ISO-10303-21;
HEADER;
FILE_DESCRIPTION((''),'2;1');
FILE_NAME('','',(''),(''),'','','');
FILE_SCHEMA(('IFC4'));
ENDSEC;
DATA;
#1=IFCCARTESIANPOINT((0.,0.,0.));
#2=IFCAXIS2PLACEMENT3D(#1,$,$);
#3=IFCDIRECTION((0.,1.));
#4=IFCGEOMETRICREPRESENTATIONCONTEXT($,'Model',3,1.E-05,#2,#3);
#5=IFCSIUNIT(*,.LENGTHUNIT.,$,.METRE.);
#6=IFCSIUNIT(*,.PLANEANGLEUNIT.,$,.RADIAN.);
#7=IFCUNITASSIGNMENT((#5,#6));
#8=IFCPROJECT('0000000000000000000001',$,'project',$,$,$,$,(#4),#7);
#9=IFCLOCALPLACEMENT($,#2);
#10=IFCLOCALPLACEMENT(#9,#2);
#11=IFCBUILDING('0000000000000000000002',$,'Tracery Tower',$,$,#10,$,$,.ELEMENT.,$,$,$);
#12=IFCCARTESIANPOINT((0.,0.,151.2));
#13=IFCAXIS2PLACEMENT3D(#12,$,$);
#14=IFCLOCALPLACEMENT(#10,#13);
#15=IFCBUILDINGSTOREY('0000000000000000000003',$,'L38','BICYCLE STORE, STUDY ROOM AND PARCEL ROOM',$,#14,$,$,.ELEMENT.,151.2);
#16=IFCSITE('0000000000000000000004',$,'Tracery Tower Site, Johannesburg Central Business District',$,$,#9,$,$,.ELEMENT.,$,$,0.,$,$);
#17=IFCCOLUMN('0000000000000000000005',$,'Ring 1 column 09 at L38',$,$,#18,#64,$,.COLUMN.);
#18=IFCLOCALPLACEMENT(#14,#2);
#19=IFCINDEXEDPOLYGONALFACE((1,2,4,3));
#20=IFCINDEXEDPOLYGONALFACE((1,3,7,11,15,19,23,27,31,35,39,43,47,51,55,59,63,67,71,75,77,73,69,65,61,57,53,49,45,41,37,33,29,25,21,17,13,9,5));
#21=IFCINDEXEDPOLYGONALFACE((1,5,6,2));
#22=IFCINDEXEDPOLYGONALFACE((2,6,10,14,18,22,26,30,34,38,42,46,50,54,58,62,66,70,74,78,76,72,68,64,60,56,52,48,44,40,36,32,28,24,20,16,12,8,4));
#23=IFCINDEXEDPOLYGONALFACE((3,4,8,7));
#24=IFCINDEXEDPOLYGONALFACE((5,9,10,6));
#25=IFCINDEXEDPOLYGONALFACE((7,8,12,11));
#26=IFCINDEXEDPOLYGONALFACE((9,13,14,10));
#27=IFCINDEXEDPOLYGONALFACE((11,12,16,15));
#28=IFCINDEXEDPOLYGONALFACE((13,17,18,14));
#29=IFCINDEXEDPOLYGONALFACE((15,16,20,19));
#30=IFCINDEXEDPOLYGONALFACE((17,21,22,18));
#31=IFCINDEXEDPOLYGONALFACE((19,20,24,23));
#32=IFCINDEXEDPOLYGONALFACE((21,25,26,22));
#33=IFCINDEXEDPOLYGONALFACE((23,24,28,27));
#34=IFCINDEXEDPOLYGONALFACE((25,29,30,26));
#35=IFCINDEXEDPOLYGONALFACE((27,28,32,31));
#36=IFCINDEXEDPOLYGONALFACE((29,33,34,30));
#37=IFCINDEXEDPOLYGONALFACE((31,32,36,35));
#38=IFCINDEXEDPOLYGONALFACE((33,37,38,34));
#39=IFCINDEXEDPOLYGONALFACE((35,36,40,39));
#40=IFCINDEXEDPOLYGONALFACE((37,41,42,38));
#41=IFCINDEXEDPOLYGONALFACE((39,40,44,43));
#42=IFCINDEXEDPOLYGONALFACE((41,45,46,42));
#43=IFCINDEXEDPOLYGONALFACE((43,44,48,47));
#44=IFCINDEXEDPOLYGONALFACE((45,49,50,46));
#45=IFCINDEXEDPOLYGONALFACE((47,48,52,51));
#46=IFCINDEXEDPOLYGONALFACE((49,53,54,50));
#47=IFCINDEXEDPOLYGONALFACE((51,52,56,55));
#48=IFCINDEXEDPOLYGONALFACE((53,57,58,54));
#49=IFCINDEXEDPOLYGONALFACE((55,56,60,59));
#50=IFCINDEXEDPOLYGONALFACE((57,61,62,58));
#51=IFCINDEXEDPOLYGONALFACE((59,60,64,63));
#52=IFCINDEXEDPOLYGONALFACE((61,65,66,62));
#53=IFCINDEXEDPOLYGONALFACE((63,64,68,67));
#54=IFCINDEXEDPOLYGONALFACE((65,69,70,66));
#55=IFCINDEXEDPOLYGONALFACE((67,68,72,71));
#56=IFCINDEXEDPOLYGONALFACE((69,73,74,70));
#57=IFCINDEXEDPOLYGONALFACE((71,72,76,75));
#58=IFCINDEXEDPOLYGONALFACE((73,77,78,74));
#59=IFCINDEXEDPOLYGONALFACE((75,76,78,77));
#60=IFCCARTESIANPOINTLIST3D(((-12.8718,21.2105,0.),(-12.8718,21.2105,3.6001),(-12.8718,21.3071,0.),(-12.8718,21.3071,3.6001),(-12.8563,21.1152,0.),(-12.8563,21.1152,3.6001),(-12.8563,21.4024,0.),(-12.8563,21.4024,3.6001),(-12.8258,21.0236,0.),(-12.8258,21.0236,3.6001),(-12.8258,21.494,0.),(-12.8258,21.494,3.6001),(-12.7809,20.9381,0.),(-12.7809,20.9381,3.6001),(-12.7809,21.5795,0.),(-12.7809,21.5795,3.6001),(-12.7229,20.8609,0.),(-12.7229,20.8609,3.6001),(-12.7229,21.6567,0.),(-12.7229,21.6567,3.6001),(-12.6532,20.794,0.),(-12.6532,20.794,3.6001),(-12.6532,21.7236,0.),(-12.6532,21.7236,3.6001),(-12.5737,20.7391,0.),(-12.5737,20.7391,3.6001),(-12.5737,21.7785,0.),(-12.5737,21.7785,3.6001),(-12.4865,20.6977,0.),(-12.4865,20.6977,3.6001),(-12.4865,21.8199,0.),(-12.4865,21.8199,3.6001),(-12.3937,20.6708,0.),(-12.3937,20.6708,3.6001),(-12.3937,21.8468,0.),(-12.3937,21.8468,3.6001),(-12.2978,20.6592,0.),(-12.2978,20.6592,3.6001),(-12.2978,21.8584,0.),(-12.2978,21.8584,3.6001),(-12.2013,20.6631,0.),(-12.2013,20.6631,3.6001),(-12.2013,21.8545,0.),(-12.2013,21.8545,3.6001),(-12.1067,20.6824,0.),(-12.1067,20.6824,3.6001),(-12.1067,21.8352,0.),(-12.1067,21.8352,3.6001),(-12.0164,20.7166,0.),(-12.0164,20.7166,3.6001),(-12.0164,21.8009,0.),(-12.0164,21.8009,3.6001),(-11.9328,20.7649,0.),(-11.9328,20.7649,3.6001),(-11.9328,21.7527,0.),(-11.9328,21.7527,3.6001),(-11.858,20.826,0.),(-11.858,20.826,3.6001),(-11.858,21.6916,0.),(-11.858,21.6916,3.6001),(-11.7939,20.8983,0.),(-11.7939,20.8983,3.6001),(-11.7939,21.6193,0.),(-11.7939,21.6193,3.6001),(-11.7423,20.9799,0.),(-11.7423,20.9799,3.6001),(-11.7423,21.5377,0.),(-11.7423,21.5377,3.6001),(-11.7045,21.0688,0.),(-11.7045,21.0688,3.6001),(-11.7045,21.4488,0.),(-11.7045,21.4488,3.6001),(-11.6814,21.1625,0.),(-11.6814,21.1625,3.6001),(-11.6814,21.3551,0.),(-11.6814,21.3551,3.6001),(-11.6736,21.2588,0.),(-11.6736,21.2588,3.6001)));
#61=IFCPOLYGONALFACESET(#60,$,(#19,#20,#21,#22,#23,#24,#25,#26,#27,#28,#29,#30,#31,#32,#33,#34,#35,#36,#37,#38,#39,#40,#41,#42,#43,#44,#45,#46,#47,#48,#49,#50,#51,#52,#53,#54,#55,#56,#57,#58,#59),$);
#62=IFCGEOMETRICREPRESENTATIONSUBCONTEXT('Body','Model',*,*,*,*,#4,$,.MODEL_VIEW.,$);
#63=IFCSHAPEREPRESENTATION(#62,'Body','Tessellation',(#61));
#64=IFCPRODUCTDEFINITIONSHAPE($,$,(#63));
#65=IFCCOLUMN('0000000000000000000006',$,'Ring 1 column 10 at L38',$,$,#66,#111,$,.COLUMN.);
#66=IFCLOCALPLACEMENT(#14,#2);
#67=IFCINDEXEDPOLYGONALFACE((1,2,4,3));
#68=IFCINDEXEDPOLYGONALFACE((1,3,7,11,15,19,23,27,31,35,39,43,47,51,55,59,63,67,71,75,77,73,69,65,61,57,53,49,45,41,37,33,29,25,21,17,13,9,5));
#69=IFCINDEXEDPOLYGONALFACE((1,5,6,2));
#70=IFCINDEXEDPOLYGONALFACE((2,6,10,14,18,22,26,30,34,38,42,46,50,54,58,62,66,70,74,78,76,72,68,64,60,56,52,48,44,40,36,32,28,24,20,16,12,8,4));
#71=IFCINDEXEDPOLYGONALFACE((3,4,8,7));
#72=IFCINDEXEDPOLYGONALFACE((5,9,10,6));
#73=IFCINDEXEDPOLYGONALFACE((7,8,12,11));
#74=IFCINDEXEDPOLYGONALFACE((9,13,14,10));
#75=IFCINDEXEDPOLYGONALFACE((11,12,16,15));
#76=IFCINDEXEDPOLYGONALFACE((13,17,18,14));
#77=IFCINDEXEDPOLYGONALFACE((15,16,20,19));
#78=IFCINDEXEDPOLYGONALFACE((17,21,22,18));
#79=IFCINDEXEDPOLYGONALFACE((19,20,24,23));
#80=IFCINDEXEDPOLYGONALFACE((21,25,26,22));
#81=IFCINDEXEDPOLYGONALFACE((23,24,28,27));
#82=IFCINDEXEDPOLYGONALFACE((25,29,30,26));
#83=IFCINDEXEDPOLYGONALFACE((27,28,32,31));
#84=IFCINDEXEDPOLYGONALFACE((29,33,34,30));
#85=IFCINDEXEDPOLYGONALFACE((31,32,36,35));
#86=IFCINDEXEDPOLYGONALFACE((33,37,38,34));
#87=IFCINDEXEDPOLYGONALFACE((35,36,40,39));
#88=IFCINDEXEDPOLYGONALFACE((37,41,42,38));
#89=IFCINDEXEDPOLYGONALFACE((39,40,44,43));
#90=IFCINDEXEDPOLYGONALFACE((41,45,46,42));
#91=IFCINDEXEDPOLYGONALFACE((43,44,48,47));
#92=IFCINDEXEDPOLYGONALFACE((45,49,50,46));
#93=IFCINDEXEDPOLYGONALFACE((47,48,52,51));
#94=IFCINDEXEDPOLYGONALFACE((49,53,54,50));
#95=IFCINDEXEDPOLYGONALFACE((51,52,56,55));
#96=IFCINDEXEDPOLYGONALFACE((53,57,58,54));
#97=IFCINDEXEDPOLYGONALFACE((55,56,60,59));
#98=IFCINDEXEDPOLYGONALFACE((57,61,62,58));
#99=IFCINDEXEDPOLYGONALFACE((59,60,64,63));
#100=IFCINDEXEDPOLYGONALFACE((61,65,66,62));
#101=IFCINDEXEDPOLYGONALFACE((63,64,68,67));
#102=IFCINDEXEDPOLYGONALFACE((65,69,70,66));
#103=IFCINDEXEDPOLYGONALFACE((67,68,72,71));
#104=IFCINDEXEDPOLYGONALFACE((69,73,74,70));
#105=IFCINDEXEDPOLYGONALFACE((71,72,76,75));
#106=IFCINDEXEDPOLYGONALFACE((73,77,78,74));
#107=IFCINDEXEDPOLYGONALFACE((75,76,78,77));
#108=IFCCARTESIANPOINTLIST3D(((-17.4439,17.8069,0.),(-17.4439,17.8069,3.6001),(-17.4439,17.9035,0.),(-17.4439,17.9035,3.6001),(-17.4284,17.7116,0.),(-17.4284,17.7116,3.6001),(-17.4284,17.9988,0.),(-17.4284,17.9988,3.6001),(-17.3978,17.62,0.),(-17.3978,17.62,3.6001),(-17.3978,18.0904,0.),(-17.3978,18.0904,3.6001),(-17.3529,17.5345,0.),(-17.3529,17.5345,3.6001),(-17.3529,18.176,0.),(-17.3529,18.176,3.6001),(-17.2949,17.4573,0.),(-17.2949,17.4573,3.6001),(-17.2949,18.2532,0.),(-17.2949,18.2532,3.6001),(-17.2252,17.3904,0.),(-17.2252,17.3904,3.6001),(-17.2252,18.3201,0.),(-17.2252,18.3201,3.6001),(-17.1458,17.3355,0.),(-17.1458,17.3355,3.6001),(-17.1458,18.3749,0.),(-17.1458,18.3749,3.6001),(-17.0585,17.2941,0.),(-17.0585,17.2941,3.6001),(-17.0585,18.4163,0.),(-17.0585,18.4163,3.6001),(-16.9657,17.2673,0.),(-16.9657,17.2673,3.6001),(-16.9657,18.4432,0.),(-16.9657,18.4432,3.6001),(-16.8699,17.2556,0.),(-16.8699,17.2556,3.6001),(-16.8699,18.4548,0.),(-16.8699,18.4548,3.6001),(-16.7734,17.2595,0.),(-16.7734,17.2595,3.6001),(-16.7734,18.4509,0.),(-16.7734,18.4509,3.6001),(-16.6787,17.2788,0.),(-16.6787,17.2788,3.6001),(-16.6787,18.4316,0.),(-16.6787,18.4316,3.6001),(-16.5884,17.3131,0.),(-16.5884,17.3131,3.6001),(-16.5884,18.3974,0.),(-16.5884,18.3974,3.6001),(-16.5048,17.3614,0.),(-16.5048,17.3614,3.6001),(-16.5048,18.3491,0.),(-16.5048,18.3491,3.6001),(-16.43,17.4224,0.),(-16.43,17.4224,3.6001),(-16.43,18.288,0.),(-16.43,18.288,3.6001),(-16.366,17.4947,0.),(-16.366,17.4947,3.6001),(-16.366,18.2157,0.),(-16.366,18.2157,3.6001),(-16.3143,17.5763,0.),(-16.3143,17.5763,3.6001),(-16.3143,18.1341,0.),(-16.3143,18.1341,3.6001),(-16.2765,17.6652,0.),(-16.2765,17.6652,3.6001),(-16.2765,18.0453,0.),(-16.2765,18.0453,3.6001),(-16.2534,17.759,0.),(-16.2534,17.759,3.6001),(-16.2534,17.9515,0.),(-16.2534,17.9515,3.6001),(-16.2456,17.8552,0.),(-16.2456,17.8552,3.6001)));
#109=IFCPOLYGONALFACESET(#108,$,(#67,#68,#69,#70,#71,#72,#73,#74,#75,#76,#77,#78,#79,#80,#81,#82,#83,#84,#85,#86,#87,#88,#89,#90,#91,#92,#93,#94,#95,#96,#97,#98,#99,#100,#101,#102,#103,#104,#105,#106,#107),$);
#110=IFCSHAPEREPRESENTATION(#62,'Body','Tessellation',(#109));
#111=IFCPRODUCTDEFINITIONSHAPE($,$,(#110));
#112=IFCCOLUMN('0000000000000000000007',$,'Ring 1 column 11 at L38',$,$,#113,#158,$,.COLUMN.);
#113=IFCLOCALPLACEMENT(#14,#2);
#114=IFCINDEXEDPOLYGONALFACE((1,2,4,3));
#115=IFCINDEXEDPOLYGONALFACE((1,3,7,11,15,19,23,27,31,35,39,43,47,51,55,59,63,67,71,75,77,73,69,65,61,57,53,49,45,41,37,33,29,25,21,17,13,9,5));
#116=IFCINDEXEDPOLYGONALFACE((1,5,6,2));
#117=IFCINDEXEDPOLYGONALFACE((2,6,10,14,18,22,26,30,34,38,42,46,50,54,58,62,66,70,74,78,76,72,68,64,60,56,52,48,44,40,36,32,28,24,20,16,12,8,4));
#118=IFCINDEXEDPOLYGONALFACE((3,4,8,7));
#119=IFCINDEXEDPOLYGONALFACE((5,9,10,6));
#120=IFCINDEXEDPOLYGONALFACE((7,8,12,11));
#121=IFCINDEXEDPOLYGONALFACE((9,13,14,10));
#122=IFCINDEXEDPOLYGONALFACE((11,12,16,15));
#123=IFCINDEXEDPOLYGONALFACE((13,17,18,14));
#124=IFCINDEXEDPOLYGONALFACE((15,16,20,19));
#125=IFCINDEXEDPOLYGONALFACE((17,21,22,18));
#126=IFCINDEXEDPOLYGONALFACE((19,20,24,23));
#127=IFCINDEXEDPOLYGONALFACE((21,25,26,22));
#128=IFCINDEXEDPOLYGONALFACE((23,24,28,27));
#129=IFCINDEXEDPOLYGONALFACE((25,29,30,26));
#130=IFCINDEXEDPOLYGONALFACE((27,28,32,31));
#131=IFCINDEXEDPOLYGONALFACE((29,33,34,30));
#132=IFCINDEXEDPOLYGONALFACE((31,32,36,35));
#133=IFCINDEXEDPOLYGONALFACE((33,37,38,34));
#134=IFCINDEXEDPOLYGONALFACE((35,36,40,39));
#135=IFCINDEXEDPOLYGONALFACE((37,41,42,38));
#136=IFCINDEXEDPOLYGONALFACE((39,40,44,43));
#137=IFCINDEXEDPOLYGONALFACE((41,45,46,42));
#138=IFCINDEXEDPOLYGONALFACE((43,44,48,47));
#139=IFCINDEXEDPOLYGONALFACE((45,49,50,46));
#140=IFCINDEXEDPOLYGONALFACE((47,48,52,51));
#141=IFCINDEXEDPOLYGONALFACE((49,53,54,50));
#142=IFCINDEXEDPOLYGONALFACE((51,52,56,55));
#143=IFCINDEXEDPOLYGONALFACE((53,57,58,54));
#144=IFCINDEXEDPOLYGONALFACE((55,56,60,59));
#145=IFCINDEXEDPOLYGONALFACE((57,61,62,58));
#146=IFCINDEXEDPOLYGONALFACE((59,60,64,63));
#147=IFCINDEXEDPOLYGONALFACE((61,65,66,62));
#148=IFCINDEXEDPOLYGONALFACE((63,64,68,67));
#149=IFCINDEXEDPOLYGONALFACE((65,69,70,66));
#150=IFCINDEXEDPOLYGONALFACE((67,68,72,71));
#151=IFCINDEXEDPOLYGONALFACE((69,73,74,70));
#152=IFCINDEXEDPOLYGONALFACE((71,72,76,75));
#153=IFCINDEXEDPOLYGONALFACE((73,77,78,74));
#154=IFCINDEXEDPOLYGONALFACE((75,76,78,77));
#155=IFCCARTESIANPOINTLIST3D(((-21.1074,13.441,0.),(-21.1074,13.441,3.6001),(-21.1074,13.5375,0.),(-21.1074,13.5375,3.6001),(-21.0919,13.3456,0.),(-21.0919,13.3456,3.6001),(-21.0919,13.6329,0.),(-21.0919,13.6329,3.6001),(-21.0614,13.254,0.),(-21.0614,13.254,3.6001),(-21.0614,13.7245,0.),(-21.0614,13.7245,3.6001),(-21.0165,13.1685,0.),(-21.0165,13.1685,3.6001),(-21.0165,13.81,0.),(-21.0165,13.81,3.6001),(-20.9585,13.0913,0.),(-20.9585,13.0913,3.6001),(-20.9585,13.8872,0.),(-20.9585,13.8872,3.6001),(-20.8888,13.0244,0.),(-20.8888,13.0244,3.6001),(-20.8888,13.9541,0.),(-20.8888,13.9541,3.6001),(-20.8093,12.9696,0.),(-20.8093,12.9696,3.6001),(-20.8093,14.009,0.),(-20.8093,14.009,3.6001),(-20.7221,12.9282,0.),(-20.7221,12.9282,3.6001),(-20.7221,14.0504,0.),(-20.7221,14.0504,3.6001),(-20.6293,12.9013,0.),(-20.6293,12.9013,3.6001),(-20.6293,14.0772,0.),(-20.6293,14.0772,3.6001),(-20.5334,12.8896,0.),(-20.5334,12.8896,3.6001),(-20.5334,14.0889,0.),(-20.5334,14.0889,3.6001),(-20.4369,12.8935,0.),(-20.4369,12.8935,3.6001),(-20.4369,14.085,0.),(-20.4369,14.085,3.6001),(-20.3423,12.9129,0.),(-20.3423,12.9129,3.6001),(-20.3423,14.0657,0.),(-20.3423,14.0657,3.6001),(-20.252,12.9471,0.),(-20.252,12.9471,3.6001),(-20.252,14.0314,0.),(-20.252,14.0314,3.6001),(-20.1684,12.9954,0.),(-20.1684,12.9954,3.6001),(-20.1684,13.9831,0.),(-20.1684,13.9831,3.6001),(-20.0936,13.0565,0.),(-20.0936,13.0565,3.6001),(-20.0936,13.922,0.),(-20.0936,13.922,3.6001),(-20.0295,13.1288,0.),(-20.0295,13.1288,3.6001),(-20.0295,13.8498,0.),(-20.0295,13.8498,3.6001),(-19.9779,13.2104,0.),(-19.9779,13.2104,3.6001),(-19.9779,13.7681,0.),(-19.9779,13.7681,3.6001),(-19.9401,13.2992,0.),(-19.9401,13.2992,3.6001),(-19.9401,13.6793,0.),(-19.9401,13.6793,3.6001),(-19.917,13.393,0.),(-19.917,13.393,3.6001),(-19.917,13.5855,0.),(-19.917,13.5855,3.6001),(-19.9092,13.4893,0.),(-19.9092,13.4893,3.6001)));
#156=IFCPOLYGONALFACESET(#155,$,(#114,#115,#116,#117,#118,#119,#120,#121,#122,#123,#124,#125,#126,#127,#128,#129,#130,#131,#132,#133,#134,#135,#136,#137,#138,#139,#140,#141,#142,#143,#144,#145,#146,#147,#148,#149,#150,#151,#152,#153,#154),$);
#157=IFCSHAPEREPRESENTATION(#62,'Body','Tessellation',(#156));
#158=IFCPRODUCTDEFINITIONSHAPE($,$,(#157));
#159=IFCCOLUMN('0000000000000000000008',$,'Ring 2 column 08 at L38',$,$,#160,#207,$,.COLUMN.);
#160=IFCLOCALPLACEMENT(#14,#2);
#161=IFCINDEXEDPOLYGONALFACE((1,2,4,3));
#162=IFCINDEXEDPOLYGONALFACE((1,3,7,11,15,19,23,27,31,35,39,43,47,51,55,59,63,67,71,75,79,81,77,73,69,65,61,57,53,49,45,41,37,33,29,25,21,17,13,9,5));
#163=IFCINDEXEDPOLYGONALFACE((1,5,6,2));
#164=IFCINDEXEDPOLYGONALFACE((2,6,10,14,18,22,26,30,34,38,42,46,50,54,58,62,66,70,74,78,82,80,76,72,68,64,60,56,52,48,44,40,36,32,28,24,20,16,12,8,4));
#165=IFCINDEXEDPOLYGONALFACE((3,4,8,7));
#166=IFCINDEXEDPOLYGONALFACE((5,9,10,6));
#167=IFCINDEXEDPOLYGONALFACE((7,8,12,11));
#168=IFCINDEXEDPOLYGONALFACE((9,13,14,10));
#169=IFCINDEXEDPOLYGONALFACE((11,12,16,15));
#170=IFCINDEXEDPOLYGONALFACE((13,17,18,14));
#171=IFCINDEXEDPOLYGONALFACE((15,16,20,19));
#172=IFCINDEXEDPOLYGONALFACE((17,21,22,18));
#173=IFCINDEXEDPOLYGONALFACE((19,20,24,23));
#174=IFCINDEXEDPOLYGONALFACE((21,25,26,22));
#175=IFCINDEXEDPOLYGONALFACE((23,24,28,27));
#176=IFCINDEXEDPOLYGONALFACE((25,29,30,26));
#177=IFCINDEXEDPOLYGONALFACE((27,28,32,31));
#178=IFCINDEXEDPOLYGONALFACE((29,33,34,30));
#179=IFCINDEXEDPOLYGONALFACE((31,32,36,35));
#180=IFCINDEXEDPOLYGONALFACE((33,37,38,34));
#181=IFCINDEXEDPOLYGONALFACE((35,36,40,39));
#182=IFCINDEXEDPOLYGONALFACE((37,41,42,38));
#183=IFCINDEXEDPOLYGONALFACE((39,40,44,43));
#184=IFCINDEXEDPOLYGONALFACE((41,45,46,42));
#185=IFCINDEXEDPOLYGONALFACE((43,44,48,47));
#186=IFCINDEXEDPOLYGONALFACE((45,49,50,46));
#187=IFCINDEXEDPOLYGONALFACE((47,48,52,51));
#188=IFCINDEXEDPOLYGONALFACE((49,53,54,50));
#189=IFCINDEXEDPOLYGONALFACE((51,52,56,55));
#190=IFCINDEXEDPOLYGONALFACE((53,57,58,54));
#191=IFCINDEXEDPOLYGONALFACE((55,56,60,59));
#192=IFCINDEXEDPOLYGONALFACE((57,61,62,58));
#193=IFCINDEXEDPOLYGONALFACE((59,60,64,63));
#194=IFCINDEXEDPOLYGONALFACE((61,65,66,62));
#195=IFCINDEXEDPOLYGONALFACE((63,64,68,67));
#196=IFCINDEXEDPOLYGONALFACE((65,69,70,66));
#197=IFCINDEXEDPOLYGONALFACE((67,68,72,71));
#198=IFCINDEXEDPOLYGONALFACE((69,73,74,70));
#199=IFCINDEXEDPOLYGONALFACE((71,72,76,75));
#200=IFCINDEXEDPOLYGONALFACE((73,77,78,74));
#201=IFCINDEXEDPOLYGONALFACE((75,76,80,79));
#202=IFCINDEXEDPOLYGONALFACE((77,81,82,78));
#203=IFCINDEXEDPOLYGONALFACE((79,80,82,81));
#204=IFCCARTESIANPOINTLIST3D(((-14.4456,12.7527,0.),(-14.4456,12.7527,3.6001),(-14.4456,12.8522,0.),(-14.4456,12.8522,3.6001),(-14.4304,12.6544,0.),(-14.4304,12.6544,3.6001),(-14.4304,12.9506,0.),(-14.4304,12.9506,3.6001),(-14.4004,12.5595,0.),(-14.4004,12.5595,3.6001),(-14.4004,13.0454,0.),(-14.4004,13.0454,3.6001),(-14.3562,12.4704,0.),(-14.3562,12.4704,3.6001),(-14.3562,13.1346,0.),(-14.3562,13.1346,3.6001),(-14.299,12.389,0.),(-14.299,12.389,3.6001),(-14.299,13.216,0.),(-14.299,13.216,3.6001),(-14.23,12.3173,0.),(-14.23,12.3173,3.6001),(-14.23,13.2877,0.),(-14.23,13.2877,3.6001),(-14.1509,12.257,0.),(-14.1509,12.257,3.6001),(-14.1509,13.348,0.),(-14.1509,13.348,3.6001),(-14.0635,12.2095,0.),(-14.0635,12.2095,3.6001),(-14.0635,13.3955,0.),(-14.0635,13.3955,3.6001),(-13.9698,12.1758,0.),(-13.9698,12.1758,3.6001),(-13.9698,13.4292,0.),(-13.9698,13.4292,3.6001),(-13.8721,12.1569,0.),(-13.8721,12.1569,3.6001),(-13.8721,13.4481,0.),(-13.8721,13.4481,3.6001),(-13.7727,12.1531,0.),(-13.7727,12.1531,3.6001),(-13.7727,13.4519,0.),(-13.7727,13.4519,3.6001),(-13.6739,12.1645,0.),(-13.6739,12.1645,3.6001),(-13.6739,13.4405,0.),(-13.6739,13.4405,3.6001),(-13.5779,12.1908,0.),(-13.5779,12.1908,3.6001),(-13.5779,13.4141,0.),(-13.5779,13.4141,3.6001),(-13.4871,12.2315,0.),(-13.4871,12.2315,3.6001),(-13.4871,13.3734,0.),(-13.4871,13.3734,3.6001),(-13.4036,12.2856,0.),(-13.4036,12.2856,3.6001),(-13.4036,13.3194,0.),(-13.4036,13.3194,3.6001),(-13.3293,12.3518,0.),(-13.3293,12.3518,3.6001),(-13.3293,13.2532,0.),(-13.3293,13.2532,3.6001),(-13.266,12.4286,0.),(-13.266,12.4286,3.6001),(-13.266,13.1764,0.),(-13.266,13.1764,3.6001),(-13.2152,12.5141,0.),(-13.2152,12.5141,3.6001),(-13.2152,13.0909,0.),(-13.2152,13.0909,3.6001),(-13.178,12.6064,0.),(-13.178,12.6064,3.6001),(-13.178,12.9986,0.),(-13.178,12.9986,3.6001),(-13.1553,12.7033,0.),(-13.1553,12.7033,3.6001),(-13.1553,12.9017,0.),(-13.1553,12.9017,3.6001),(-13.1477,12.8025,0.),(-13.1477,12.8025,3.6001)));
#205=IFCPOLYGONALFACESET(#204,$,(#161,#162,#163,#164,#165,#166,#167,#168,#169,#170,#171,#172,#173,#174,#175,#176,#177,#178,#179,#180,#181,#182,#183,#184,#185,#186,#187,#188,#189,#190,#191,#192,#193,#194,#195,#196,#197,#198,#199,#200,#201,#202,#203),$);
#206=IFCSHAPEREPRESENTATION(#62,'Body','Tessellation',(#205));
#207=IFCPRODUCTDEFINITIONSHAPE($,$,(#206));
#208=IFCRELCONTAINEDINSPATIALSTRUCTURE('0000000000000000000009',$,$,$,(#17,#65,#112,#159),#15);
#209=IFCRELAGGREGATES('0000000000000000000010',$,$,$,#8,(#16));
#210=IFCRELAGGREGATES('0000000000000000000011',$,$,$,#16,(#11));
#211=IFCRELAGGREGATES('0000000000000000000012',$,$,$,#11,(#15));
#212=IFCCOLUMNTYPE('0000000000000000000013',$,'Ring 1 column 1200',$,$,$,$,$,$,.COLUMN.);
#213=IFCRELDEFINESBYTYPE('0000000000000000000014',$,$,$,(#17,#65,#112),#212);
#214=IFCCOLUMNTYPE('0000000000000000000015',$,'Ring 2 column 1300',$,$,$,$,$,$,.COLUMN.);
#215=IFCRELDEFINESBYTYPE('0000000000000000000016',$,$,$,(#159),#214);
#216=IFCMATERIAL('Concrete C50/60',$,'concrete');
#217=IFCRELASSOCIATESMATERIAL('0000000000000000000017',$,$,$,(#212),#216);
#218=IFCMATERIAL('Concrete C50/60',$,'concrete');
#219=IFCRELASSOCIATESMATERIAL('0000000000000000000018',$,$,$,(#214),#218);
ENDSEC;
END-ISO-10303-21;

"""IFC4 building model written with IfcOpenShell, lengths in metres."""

from ifc_helpers import new_model, si_unit, direction, frame, origin, origin_2d, place, context, subcontext, project, spatial, circle, extrude, material, material_profile, profile_set, type_object, element, save


model = new_model("IFC4")

# Units and contexts
model_context = context("Model", 3, precision=1e-05, world=origin(), true_north=direction((0.0, 1.0)))
body_context = subcontext(model_context, "Body", "Model", "MODEL_VIEW")
ifc_project = project(units=[si_unit("LENGTHUNIT", "METRE"), si_unit("PLANEANGLEUNIT", "RADIAN")], contexts=[model_context])

# Site, building, storey
site_placement = place(None, origin())
site = spatial("IfcSite", under=ifc_project, at=site_placement, Name="Tracery Tower Site, Johannesburg Central Business District", CompositionType="ELEMENT", RefElevation=0.0)
building_placement = place(site_placement, origin())
building = spatial("IfcBuilding", under=site, at=building_placement, Name="Tracery Tower", CompositionType="ELEMENT")
storey_placement = place(building_placement, frame((0.0, 0.0, 151.2)))
storey = spatial("IfcBuildingStorey", under=building, at=storey_placement, Name="L38", Description="BICYCLE STORE, STUDY ROOM AND PARCEL ROOM", CompositionType="ELEMENT", Elevation=151.2)

# Columns
ifc_material_1 = material(Name="Concrete C50/60", Category="concrete")
ifc_material_profile_1 = material_profile(ifc_material_1, circle(Radius=0.6001, at=origin_2d()), Name="RC D1200")
ifc_profile_set_1 = profile_set([ifc_material_profile_1], Name="Concrete C50/60")
column_type_1 = type_object("IfcColumnType", Name="Ring 1 column 1200", PredefinedType="COLUMN", material=ifc_profile_set_1)
for number, where, z_axis, x_axis, name in (
    (1, (-12.2737, 21.2588, 0.0), (0.0, 0.0, 1.0), (1.0, 0.0, 0.0), "Ring 1 column 09 at L38"),
    (2, (-16.8457, 17.8552, 0.0), (0.0, 0.0, 1.0), (1.0, 0.0, 0.0), "Ring 1 column 10 at L38"),
    (3, (-20.5093, 13.4893, 0.0), (0.0, 0.0, 1.0), (1.0, 0.0, 0.0), "Ring 1 column 11 at L38"),
):
    element("IfcColumn", number, at=place(storey_placement, frame(where, z_axis=z_axis, x_axis=x_axis)), inside=storey, type_object=column_type_1, Name=name, PredefinedType="COLUMN", context=body_context, shape_type="SweptSolid", body=[
        extrude(circle(Radius=0.6001, at=origin_2d()), origin(), (0.0, 0.0, 1.0), 3.6001),
    ])
ifc_material_2 = material(Name="Concrete C50/60", Category="concrete")
ifc_material_profile_2 = material_profile(ifc_material_2, circle(Radius=0.6499, at=origin_2d()), Name="RC D1300")
ifc_profile_set_2 = profile_set([ifc_material_profile_2], Name="Concrete C50/60")
column_type_2 = type_object("IfcColumnType", Name="Ring 2 column 1300", PredefinedType="COLUMN", material=ifc_profile_set_2)
column_placement = place(storey_placement, frame((-13.7976, 12.8025, 0.0), z_axis=(0.0, 0.0, 1.0), x_axis=(1.0, 0.0, 0.0)))
element("IfcColumn", 4, at=column_placement, inside=storey, type_object=column_type_2, Name="Ring 2 column 08 at L38", PredefinedType="COLUMN", context=body_context, shape_type="SweptSolid", body=[
    extrude(circle(Radius=0.6499, at=origin_2d()), origin(), (0.0, 0.0, 1.0), 3.6001),
])

save(model, "model.ifc")
